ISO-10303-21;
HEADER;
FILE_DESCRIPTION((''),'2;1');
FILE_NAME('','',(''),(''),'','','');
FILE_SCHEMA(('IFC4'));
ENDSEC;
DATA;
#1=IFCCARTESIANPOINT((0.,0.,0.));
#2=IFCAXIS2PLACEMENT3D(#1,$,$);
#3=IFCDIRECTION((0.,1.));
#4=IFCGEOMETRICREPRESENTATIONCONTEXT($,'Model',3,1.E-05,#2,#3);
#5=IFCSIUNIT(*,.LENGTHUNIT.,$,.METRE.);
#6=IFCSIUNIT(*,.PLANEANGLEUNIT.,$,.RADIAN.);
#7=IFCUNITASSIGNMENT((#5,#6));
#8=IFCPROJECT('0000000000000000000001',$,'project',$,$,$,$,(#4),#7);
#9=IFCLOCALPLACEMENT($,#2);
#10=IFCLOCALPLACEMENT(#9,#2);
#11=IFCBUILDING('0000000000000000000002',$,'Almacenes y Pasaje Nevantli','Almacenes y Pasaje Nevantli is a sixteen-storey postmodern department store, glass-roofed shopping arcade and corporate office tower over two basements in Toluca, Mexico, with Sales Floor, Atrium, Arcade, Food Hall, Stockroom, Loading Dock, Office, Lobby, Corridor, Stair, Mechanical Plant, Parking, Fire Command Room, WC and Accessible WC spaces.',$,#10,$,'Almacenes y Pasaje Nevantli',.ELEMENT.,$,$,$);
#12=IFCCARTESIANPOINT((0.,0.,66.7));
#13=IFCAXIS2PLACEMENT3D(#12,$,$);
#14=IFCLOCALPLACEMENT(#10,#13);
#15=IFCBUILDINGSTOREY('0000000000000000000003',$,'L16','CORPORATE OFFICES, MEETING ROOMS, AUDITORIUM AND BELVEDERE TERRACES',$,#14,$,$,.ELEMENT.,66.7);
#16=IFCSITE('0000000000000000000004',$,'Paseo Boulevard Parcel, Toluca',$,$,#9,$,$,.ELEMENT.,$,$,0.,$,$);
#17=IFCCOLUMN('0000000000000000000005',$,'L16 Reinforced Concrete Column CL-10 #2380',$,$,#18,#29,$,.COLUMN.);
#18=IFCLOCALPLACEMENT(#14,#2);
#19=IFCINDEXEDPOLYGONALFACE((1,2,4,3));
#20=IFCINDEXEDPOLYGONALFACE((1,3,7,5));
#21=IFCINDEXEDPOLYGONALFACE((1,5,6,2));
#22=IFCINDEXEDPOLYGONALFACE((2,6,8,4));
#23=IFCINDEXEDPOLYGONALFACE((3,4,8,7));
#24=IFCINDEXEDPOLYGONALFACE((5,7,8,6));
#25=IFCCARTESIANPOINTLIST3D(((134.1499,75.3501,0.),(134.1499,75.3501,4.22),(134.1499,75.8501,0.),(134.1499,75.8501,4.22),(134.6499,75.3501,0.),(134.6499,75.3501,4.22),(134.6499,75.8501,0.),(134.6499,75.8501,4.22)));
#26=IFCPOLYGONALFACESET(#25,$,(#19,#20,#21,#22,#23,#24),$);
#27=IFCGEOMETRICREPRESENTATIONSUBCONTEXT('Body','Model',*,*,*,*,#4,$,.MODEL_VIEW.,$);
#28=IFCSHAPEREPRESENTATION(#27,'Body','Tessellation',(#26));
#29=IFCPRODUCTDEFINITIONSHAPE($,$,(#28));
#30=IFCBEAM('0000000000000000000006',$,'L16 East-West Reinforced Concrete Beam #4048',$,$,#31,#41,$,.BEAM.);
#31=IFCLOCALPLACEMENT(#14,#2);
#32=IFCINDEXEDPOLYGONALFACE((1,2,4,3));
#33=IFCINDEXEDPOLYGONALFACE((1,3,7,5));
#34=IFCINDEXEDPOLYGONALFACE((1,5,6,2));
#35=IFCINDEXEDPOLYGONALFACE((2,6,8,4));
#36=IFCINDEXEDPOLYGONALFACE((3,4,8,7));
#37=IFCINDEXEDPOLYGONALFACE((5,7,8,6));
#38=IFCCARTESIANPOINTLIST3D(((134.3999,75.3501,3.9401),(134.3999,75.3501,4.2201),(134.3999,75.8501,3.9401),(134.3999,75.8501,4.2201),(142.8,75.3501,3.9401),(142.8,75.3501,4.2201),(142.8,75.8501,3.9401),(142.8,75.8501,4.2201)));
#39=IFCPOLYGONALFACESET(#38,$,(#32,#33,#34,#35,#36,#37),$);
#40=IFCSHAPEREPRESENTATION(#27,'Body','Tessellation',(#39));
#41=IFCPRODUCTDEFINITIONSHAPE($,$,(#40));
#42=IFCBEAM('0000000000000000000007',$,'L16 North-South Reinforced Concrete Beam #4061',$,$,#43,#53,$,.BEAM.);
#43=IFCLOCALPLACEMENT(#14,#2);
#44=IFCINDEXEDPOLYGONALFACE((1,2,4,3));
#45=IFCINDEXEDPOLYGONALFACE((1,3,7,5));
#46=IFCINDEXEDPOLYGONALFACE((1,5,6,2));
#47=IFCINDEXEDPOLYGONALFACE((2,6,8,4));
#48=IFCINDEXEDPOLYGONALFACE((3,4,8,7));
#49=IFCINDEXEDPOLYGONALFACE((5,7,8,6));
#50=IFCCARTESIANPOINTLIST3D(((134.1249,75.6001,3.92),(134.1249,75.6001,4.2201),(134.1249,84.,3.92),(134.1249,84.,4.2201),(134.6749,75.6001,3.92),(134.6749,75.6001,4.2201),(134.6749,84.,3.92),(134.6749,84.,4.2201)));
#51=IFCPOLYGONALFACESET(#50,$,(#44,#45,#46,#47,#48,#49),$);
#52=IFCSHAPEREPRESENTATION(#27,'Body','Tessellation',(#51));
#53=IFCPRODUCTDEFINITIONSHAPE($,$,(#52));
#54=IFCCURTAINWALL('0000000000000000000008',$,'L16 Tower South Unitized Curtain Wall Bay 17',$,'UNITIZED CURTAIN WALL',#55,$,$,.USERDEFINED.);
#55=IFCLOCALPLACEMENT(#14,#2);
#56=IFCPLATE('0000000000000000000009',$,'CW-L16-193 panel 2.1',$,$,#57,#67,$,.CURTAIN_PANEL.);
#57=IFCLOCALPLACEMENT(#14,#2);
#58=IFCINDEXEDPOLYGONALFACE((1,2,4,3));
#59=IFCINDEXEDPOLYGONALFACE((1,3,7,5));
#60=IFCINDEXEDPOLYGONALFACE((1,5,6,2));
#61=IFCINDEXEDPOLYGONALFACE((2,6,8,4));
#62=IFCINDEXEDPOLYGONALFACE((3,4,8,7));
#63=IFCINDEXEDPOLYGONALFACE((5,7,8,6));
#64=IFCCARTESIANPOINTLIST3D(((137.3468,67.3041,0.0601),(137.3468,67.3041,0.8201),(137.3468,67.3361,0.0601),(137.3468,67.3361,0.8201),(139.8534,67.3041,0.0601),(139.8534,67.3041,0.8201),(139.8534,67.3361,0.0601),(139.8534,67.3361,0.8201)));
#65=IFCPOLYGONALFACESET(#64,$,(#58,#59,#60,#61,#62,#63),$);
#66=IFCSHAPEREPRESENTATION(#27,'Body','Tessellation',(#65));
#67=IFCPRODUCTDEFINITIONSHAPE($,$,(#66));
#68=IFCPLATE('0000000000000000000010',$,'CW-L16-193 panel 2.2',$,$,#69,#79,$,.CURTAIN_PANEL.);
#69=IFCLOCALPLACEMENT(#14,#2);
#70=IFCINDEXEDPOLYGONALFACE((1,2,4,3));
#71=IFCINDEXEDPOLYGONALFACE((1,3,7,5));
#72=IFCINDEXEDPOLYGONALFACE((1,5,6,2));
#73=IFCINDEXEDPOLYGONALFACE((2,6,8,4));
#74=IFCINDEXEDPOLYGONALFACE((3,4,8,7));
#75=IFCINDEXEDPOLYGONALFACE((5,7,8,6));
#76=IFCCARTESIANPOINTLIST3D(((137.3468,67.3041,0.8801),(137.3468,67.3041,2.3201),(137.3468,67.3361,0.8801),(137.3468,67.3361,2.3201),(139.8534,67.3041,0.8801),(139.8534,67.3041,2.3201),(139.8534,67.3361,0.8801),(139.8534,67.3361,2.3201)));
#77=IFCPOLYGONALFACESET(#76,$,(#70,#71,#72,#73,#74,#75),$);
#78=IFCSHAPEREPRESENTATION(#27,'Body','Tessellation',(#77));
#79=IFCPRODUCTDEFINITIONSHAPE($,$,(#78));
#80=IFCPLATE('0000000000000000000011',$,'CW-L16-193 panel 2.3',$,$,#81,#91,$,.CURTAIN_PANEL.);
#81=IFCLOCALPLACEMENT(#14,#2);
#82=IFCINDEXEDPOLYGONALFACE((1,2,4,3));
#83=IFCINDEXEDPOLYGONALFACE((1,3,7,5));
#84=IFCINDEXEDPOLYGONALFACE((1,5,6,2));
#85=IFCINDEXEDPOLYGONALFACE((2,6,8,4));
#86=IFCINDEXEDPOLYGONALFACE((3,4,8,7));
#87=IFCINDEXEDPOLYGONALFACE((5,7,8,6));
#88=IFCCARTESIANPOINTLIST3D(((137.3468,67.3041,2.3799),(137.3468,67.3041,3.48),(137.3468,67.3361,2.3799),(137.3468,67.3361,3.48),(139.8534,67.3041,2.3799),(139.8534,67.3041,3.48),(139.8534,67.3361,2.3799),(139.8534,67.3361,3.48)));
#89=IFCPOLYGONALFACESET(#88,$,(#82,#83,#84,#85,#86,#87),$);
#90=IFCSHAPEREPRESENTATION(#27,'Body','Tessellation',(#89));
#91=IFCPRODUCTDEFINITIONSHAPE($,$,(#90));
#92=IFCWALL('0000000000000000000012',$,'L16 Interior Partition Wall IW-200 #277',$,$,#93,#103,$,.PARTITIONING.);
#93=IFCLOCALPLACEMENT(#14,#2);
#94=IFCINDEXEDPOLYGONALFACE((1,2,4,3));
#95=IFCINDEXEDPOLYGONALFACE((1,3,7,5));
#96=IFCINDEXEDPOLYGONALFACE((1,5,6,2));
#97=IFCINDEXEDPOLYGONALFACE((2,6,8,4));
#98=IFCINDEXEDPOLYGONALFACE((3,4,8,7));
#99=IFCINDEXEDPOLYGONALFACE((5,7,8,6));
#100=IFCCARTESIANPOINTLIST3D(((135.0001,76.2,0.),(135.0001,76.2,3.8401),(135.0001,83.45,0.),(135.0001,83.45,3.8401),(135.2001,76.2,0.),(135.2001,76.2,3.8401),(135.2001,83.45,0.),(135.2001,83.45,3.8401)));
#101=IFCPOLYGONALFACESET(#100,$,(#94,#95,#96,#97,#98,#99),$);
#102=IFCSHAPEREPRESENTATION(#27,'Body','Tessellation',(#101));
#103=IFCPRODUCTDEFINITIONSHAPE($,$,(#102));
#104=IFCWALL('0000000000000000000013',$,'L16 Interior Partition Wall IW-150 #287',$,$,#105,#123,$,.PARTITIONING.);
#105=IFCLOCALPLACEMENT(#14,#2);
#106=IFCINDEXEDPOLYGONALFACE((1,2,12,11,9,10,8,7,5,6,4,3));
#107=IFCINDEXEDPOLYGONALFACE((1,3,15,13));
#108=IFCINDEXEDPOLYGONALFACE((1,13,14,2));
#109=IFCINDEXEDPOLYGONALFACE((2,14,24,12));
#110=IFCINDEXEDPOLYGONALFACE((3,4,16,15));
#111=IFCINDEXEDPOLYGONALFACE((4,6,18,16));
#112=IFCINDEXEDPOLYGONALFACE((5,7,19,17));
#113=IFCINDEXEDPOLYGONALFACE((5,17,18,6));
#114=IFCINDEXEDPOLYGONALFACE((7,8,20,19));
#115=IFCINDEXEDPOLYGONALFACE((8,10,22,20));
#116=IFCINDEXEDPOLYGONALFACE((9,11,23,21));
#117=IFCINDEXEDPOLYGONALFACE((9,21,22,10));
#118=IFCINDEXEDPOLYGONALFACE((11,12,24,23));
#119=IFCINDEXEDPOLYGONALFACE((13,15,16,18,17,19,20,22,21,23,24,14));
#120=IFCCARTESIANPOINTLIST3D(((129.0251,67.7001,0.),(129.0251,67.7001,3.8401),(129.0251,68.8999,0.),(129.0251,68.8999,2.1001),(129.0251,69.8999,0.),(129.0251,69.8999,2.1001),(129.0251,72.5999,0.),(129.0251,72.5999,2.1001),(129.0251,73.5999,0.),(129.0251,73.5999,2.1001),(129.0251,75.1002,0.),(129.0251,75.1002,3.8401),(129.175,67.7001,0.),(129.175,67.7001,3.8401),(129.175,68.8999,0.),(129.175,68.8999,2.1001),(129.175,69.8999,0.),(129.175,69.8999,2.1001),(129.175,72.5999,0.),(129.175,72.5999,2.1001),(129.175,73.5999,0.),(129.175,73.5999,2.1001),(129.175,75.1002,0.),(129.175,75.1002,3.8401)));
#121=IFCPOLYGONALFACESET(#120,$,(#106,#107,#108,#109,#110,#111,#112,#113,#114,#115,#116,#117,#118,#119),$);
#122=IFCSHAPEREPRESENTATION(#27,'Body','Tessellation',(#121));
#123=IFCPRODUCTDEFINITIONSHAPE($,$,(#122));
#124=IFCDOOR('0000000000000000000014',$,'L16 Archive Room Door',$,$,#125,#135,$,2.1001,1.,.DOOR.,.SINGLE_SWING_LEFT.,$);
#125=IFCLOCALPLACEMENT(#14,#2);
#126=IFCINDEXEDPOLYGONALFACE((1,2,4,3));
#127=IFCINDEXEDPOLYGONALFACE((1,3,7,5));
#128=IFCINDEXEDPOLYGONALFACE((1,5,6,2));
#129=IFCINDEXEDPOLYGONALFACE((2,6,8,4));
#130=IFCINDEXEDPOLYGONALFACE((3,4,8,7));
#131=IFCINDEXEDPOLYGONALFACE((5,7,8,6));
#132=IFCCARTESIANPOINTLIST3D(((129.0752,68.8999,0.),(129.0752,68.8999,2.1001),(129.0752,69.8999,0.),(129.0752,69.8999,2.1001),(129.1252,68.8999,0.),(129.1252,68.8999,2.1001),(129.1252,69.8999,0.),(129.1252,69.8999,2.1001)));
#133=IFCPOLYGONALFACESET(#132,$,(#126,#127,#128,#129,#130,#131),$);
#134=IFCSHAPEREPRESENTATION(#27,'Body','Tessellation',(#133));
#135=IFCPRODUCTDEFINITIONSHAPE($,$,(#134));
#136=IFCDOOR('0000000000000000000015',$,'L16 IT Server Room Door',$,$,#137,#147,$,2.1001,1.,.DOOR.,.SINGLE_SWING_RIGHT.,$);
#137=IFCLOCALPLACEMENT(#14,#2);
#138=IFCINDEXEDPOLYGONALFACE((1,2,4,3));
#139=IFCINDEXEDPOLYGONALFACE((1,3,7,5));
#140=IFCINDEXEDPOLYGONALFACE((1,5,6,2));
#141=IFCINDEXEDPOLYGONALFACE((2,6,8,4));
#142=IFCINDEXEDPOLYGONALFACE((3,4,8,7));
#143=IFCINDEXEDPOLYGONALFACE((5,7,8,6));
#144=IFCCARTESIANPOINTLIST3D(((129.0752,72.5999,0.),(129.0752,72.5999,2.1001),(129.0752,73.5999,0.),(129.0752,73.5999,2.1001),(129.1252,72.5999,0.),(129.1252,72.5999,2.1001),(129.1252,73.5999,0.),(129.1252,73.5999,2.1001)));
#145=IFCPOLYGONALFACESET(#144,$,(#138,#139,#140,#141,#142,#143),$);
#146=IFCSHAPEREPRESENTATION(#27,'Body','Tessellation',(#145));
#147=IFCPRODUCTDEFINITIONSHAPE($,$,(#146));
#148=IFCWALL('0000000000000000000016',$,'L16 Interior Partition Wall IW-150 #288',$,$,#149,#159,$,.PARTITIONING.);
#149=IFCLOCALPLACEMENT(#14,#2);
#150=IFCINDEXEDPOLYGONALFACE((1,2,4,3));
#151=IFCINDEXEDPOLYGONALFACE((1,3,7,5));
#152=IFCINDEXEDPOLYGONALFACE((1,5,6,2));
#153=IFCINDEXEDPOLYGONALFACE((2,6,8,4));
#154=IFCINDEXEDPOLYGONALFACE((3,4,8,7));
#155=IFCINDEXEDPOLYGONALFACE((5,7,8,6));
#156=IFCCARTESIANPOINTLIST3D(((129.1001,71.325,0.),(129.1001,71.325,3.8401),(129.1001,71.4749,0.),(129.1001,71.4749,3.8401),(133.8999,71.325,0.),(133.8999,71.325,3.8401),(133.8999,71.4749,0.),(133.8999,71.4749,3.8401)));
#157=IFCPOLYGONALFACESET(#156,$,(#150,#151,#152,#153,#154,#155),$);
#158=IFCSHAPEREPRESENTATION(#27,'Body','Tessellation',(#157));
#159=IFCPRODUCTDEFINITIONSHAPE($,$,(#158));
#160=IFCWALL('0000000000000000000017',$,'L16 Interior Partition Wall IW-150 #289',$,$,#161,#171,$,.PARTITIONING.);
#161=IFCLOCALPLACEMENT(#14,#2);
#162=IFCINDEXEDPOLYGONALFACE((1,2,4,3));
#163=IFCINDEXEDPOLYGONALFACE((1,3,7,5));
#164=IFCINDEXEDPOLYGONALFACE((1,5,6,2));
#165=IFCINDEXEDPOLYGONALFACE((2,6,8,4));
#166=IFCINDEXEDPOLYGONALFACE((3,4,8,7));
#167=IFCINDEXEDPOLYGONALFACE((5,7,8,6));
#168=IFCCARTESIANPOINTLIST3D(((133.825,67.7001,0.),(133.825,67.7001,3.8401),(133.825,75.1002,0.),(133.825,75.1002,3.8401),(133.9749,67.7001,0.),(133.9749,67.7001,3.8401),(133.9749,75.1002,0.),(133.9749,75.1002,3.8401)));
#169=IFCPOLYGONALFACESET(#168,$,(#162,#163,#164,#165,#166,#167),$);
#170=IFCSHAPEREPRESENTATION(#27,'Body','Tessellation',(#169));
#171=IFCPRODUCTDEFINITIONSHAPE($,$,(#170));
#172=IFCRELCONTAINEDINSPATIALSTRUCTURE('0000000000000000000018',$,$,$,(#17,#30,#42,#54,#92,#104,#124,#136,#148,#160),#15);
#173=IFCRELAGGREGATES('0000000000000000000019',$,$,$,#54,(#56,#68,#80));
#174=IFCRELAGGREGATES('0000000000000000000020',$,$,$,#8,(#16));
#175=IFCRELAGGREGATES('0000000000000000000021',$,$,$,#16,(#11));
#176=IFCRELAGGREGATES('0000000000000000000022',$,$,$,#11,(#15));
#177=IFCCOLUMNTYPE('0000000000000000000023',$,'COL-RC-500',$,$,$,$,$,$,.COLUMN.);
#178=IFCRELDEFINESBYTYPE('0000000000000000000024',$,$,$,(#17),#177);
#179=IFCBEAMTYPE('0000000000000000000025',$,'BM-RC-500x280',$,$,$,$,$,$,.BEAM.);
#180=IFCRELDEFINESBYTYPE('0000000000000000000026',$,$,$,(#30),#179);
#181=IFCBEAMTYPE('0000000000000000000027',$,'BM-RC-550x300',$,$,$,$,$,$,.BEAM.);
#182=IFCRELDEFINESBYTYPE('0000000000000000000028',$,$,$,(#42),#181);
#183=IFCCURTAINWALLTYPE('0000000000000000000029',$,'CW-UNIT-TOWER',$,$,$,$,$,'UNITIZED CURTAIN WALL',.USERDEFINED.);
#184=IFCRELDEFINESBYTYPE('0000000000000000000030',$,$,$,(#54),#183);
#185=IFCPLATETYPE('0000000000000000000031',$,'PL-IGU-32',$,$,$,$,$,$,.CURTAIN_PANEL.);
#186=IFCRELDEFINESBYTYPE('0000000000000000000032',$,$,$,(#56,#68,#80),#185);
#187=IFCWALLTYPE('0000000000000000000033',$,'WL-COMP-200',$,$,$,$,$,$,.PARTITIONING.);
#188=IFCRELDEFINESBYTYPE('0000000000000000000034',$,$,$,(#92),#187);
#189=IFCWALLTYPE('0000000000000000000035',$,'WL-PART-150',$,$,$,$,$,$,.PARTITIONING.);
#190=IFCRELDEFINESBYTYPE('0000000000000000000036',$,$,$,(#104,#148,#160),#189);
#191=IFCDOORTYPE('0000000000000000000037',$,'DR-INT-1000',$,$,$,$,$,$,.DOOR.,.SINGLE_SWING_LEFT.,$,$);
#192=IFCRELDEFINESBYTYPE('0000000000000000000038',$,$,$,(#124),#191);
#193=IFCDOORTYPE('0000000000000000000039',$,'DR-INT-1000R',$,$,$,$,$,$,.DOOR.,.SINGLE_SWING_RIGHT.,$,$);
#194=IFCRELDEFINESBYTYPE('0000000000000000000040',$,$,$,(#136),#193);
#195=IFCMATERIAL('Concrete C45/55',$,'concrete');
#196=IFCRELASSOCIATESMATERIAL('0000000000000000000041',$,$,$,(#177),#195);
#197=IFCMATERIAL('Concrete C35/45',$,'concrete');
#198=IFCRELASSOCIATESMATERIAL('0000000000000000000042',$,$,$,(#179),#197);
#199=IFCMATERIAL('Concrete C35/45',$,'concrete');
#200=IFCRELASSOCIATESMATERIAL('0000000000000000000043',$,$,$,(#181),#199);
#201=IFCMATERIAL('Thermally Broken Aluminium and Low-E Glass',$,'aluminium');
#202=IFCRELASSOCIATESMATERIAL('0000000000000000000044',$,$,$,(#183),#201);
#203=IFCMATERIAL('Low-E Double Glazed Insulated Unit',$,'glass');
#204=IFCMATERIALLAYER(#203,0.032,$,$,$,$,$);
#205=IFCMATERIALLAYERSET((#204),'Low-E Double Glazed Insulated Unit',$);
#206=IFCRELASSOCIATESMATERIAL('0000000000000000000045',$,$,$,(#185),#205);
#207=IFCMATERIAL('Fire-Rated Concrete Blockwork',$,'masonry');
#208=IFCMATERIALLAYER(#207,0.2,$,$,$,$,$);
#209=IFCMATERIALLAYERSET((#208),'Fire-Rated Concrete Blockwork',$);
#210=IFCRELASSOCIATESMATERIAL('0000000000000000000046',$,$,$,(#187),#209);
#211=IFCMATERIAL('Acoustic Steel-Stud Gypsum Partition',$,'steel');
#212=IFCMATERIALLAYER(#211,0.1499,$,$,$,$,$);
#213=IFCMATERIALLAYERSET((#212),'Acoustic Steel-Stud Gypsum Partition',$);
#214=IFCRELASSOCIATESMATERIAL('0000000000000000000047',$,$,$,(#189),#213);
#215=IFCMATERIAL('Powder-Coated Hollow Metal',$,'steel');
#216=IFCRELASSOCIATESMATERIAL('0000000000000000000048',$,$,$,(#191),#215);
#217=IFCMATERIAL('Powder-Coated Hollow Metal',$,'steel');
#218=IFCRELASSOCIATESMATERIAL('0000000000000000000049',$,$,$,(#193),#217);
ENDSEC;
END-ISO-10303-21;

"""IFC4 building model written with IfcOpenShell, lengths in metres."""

from ifc_helpers import new_model, si_unit, direction, frame, frame_2d, origin, origin_2d, place, context, subcontext, project, spatial, rectangle, extrude, material, layer, layer_set, material_profile, profile_set, type_object, element, fill, aggregate, save


model = new_model("IFC4")

# Units and contexts
model_context = context("Model", 3, precision=1e-05, world=origin(), true_north=direction((0.0, 1.0)))
body_context = subcontext(model_context, "Body", "Model", "MODEL_VIEW")
ifc_project = project(units=[si_unit("LENGTHUNIT", "METRE"), si_unit("PLANEANGLEUNIT", "RADIAN")], contexts=[model_context])

# Site, building, storey
site_placement = place(None, origin())
site = spatial("IfcSite", under=ifc_project, at=site_placement, Name="Paseo Boulevard Parcel, Toluca", CompositionType="ELEMENT", RefElevation=0.0)
building_placement = place(site_placement, origin())
building = spatial("IfcBuilding", under=site, at=building_placement, Name="Almacenes y Pasaje Nevantli", Description="Almacenes y Pasaje Nevantli is a sixteen-storey postmodern department store, glass-roofed shopping arcade and corporate office tower over two basements in Toluca, Mexico, with Sales Floor, Atrium, Arcade, Food Hall, Stockroom, Loading Dock, Office, Lobby, Corridor, Stair, Mechanical Plant, Parking, Fire Command Room, WC and Accessible WC spaces.", LongName="Almacenes y Pasaje Nevantli", CompositionType="ELEMENT")
storey_placement = place(building_placement, frame((0.0, 0.0, 66.7)))
storey = spatial("IfcBuildingStorey", under=building, at=storey_placement, Name="L16", Description="CORPORATE OFFICES, MEETING ROOMS, AUDITORIUM AND BELVEDERE TERRACES", CompositionType="ELEMENT", Elevation=66.7)

# Column
ifc_material_1 = material(Name="Concrete C45/55", Category="concrete")
ifc_material_profile_1 = material_profile(ifc_material_1, rectangle(XDim=0.5, YDim=0.5, at=origin_2d()), Name="RC-COL-500x500")
ifc_profile_set_1 = profile_set([ifc_material_profile_1], Name="Concrete C45/55")
column_type = type_object("IfcColumnType", Name="COL-RC-500", PredefinedType="COLUMN", material=ifc_profile_set_1)
column_placement = place(storey_placement, frame((134.3999, 75.6001, 0.0), z_axis=(0.0, 0.0, 1.0), x_axis=(1.0, 0.0, 0.0)))
element("IfcColumn", 1, at=column_placement, inside=storey, type_object=column_type, Name="L16 Reinforced Concrete Column CL-10 #2380", PredefinedType="COLUMN", context=body_context, shape_type="SweptSolid", body=[
    extrude(rectangle(XDim=0.5, YDim=0.5, at=origin_2d()), origin(), (0.0, 0.0, 1.0), 4.22),
])

# Beams
ifc_material_2 = material(Name="Concrete C35/45", Category="concrete")
ifc_material_profile_2 = material_profile(ifc_material_2, rectangle(XDim=0.5, YDim=0.28, at=origin_2d()), Name="RC-BM-500x280")
ifc_profile_set_2 = profile_set([ifc_material_profile_2], Name="Concrete C35/45")
beam_type_1 = type_object("IfcBeamType", Name="BM-RC-500x280", PredefinedType="BEAM", material=ifc_profile_set_2)
beam_1_placement = place(storey_placement, frame((134.3999, 75.6001, 4.0801), z_axis=(1.0, 0.0, 0.0), x_axis=(0.0, 1.0, 0.0)))
element("IfcBeam", 2, at=beam_1_placement, inside=storey, type_object=beam_type_1, Name="L16 East-West Reinforced Concrete Beam #4048", PredefinedType="BEAM", context=body_context, shape_type="SweptSolid", body=[
    extrude(rectangle(XDim=0.5, YDim=0.28, at=origin_2d()), origin(), (0.0, 0.0, 1.0), 8.4001),
])
ifc_material_3 = material(Name="Concrete C35/45", Category="concrete")
ifc_material_profile_3 = material_profile(ifc_material_3, rectangle(XDim=0.55, YDim=0.3, at=origin_2d()), Name="RC-BM-550x300")
ifc_profile_set_3 = profile_set([ifc_material_profile_3], Name="Concrete C35/45")
beam_type_2 = type_object("IfcBeamType", Name="BM-RC-550x300", PredefinedType="BEAM", material=ifc_profile_set_3)
beam_2_placement = place(storey_placement, frame((134.3999, 75.6001, 4.0701), z_axis=(0.0, 1.0, 0.0), x_axis=(-1.0, 0.0, 0.0)))
element("IfcBeam", 3, at=beam_2_placement, inside=storey, type_object=beam_type_2, Name="L16 North-South Reinforced Concrete Beam #4061", PredefinedType="BEAM", context=body_context, shape_type="SweptSolid", body=[
    extrude(rectangle(XDim=0.55, YDim=0.3, at=origin_2d()), origin(), (0.0, 0.0, 1.0), 8.3999),
])

# Curtain wall, plates
ifc_material_4 = material(Name="Thermally Broken Aluminium and Low-E Glass", Category="aluminium")
curtain_wall_type = type_object("IfcCurtainWallType", Name="CW-UNIT-TOWER", ElementType="UNITIZED CURTAIN WALL", PredefinedType="USERDEFINED", material=ifc_material_4)
curtain_wall_placement = place(storey_placement, origin())
curtain_wall = element("IfcCurtainWall", 4, at=curtain_wall_placement, inside=storey, type_object=curtain_wall_type, Name="L16 Tower South Unitized Curtain Wall Bay 17", ObjectType="UNITIZED CURTAIN WALL", PredefinedType="USERDEFINED")
ifc_material_5 = material(Name="Low-E Double Glazed Insulated Unit", Category="glass")
ifc_layer_1 = layer(ifc_material_5, 0.032)
ifc_layer_set_1 = layer_set([ifc_layer_1], Name="Low-E Double Glazed Insulated Unit")
plate_type = type_object("IfcPlateType", Name="PL-IGU-32", PredefinedType="CURTAIN_PANEL", material=ifc_layer_set_1)
plate_1_placement = place(storey_placement, frame((138.6001, 67.3201, 0.0601), z_axis=(0.0, 0.0, 1.0), x_axis=(1.0, 0.0, 0.0)))
plate_1 = element("IfcPlate", 5, at=plate_1_placement, type_object=plate_type, Name="CW-L16-193 panel 2.1", PredefinedType="CURTAIN_PANEL", context=body_context, shape_type="SweptSolid", body=[
    extrude(rectangle(XDim=2.5066, YDim=0.032, at=origin_2d()), origin(), (0.0, 0.0, 1.0), 0.76),
])
plate_2_placement = place(storey_placement, frame((138.6001, 67.3201, 0.8801), z_axis=(0.0, 0.0, 1.0), x_axis=(1.0, 0.0, 0.0)))
plate_2 = element("IfcPlate", 6, at=plate_2_placement, type_object=plate_type, Name="CW-L16-193 panel 2.2", PredefinedType="CURTAIN_PANEL", context=body_context, shape_type="SweptSolid", body=[
    extrude(rectangle(XDim=2.5066, YDim=0.032, at=origin_2d()), origin(), (0.0, 0.0, 1.0), 1.4399),
])
plate_3_placement = place(storey_placement, frame((138.6001, 67.3201, 2.3799), z_axis=(0.0, 0.0, 1.0), x_axis=(1.0, 0.0, 0.0)))
plate_3 = element("IfcPlate", 7, at=plate_3_placement, type_object=plate_type, Name="CW-L16-193 panel 2.3", PredefinedType="CURTAIN_PANEL", context=body_context, shape_type="SweptSolid", body=[
    extrude(rectangle(XDim=2.5066, YDim=0.032, at=origin_2d()), origin(), (0.0, 0.0, 1.0), 1.1001),
])
aggregate(curtain_wall, [plate_1, plate_2, plate_3])

# Wall
ifc_material_6 = material(Name="Fire-Rated Concrete Blockwork", Category="masonry")
ifc_layer_2 = layer(ifc_material_6, 0.2)
ifc_layer_set_2 = layer_set([ifc_layer_2], Name="Fire-Rated Concrete Blockwork")
wall_type_1 = type_object("IfcWallType", Name="WL-COMP-200", PredefinedType="PARTITIONING", material=ifc_layer_set_2)
wall_1_placement = place(storey_placement, frame((135.1001, 76.2, 0.0), z_axis=(0.0, 0.0, 1.0), x_axis=(0.0, 1.0, 0.0)))
element("IfcWall", 8, at=wall_1_placement, inside=storey, type_object=wall_type_1, Name="L16 Interior Partition Wall IW-200 #277", PredefinedType="PARTITIONING", context=body_context, shape_type="SweptSolid", body=[
    extrude(rectangle(XDim=7.25, YDim=0.2, at=frame_2d((3.625, 0.0))), origin(), (0.0, 0.0, 1.0), 3.8401),
])

# Wall, openings, doors
ifc_material_7 = material(Name="Acoustic Steel-Stud Gypsum Partition", Category="steel")
ifc_layer_3 = layer(ifc_material_7, 0.1499)
ifc_layer_set_3 = layer_set([ifc_layer_3], Name="Acoustic Steel-Stud Gypsum Partition")
wall_type_2 = type_object("IfcWallType", Name="WL-PART-150", PredefinedType="PARTITIONING", material=ifc_layer_set_3)
wall_2_placement = place(storey_placement, frame((129.1001, 67.7, 0.0), z_axis=(0.0, 0.0, 1.0), x_axis=(0.0, 1.0, 0.0)))
wall_2 = element("IfcWall", 9, at=wall_2_placement, inside=storey, type_object=wall_type_2, Name="L16 Interior Partition Wall IW-150 #287", PredefinedType="PARTITIONING", context=body_context, shape_type="SweptSolid", body=[
    extrude(rectangle(XDim=7.4001, YDim=0.1499, at=frame_2d((3.7002, 0.0))), origin(), (0.0, 0.0, 1.0), 3.8401),
])
opening_1_placement = place(wall_2_placement, frame((1.2, 0.0, 0.0)))
opening_1 = element("IfcOpeningElement", 10, at=opening_1_placement, cuts=wall_2, PredefinedType="OPENING", context=body_context, shape_type="SweptSolid", body=[
    extrude(rectangle(XDim=1.0, YDim=2.1001, at=frame_2d((0.5, 1.05))), frame((0.0, 0.085, 0.0), z_axis=(0.0, -1.0, 0.0), x_axis=(1.0, 0.0, 0.0)), (0.0, 0.0, 1.0), 0.1699),
])
opening_2_placement = place(wall_2_placement, frame((4.8999, 0.0, 0.0)))
opening_2 = element("IfcOpeningElement", 11, at=opening_2_placement, cuts=wall_2, PredefinedType="OPENING", context=body_context, shape_type="SweptSolid", body=[
    extrude(rectangle(XDim=1.0, YDim=2.1001, at=frame_2d((0.5, 1.05))), frame((0.0, 0.085, 0.0), z_axis=(0.0, -1.0, 0.0), x_axis=(1.0, 0.0, 0.0)), (0.0, 0.0, 1.0), 0.1699),
])
ifc_material_8 = material(Name="Powder-Coated Hollow Metal", Category="steel")
door_type_1 = type_object("IfcDoorType", Name="DR-INT-1000", OperationType="SINGLE_SWING_LEFT", PredefinedType="DOOR", material=ifc_material_8)
door_1_placement = place(opening_1_placement, origin())
door_1 = element("IfcDoor", 12, at=door_1_placement, inside=storey, type_object=door_type_1, Name="L16 Archive Room Door", OperationType="SINGLE_SWING_LEFT", OverallHeight=2.1001, OverallWidth=1.0, PredefinedType="DOOR", context=body_context, shape_type="SweptSolid", body=[
    extrude(rectangle(XDim=1.0, YDim=2.1001, at=frame_2d((0.5, 1.05))), frame((0.0, 0.0249, 0.0), z_axis=(0.0, -1.0, 0.0), x_axis=(1.0, 0.0, 0.0)), (0.0, 0.0, 1.0), 0.05),
])
fill(opening_1, door_1)
ifc_material_9 = material(Name="Powder-Coated Hollow Metal", Category="steel")
door_type_2 = type_object("IfcDoorType", Name="DR-INT-1000R", OperationType="SINGLE_SWING_RIGHT", PredefinedType="DOOR", material=ifc_material_9)
door_2_placement = place(opening_2_placement, origin())
door_2 = element("IfcDoor", 13, at=door_2_placement, inside=storey, type_object=door_type_2, Name="L16 IT Server Room Door", OperationType="SINGLE_SWING_RIGHT", OverallHeight=2.1001, OverallWidth=1.0, PredefinedType="DOOR", context=body_context, shape_type="SweptSolid", body=[
    extrude(rectangle(XDim=1.0, YDim=2.1001, at=frame_2d((0.5, 1.05))), frame((0.0, 0.0249, 0.0), z_axis=(0.0, -1.0, 0.0), x_axis=(1.0, 0.0, 0.0)), (0.0, 0.0, 1.0), 0.05),
])
fill(opening_2, door_2)

# Walls
wall_3_placement = place(storey_placement, frame((129.1001, 71.3999, 0.0), z_axis=(0.0, 0.0, 1.0), x_axis=(1.0, 0.0, 0.0)))
element("IfcWall", 14, at=wall_3_placement, inside=storey, type_object=wall_type_2, Name="L16 Interior Partition Wall IW-150 #288", PredefinedType="PARTITIONING", context=body_context, shape_type="SweptSolid", body=[
    extrude(rectangle(XDim=4.7998, YDim=0.1499, at=frame_2d((2.3999, 0.0))), origin(), (0.0, 0.0, 1.0), 3.8401),
])
wall_4_placement = place(storey_placement, frame((133.8999, 67.7, 0.0), z_axis=(0.0, 0.0, 1.0), x_axis=(0.0, 1.0, 0.0)))
element("IfcWall", 15, at=wall_4_placement, inside=storey, type_object=wall_type_2, Name="L16 Interior Partition Wall IW-150 #289", PredefinedType="PARTITIONING", context=body_context, shape_type="SweptSolid", body=[
    extrude(rectangle(XDim=7.4001, YDim=0.1499, at=frame_2d((3.7002, 0.0))), origin(), (0.0, 0.0, 1.0), 3.8401),
])

save(model, "model.ifc")
